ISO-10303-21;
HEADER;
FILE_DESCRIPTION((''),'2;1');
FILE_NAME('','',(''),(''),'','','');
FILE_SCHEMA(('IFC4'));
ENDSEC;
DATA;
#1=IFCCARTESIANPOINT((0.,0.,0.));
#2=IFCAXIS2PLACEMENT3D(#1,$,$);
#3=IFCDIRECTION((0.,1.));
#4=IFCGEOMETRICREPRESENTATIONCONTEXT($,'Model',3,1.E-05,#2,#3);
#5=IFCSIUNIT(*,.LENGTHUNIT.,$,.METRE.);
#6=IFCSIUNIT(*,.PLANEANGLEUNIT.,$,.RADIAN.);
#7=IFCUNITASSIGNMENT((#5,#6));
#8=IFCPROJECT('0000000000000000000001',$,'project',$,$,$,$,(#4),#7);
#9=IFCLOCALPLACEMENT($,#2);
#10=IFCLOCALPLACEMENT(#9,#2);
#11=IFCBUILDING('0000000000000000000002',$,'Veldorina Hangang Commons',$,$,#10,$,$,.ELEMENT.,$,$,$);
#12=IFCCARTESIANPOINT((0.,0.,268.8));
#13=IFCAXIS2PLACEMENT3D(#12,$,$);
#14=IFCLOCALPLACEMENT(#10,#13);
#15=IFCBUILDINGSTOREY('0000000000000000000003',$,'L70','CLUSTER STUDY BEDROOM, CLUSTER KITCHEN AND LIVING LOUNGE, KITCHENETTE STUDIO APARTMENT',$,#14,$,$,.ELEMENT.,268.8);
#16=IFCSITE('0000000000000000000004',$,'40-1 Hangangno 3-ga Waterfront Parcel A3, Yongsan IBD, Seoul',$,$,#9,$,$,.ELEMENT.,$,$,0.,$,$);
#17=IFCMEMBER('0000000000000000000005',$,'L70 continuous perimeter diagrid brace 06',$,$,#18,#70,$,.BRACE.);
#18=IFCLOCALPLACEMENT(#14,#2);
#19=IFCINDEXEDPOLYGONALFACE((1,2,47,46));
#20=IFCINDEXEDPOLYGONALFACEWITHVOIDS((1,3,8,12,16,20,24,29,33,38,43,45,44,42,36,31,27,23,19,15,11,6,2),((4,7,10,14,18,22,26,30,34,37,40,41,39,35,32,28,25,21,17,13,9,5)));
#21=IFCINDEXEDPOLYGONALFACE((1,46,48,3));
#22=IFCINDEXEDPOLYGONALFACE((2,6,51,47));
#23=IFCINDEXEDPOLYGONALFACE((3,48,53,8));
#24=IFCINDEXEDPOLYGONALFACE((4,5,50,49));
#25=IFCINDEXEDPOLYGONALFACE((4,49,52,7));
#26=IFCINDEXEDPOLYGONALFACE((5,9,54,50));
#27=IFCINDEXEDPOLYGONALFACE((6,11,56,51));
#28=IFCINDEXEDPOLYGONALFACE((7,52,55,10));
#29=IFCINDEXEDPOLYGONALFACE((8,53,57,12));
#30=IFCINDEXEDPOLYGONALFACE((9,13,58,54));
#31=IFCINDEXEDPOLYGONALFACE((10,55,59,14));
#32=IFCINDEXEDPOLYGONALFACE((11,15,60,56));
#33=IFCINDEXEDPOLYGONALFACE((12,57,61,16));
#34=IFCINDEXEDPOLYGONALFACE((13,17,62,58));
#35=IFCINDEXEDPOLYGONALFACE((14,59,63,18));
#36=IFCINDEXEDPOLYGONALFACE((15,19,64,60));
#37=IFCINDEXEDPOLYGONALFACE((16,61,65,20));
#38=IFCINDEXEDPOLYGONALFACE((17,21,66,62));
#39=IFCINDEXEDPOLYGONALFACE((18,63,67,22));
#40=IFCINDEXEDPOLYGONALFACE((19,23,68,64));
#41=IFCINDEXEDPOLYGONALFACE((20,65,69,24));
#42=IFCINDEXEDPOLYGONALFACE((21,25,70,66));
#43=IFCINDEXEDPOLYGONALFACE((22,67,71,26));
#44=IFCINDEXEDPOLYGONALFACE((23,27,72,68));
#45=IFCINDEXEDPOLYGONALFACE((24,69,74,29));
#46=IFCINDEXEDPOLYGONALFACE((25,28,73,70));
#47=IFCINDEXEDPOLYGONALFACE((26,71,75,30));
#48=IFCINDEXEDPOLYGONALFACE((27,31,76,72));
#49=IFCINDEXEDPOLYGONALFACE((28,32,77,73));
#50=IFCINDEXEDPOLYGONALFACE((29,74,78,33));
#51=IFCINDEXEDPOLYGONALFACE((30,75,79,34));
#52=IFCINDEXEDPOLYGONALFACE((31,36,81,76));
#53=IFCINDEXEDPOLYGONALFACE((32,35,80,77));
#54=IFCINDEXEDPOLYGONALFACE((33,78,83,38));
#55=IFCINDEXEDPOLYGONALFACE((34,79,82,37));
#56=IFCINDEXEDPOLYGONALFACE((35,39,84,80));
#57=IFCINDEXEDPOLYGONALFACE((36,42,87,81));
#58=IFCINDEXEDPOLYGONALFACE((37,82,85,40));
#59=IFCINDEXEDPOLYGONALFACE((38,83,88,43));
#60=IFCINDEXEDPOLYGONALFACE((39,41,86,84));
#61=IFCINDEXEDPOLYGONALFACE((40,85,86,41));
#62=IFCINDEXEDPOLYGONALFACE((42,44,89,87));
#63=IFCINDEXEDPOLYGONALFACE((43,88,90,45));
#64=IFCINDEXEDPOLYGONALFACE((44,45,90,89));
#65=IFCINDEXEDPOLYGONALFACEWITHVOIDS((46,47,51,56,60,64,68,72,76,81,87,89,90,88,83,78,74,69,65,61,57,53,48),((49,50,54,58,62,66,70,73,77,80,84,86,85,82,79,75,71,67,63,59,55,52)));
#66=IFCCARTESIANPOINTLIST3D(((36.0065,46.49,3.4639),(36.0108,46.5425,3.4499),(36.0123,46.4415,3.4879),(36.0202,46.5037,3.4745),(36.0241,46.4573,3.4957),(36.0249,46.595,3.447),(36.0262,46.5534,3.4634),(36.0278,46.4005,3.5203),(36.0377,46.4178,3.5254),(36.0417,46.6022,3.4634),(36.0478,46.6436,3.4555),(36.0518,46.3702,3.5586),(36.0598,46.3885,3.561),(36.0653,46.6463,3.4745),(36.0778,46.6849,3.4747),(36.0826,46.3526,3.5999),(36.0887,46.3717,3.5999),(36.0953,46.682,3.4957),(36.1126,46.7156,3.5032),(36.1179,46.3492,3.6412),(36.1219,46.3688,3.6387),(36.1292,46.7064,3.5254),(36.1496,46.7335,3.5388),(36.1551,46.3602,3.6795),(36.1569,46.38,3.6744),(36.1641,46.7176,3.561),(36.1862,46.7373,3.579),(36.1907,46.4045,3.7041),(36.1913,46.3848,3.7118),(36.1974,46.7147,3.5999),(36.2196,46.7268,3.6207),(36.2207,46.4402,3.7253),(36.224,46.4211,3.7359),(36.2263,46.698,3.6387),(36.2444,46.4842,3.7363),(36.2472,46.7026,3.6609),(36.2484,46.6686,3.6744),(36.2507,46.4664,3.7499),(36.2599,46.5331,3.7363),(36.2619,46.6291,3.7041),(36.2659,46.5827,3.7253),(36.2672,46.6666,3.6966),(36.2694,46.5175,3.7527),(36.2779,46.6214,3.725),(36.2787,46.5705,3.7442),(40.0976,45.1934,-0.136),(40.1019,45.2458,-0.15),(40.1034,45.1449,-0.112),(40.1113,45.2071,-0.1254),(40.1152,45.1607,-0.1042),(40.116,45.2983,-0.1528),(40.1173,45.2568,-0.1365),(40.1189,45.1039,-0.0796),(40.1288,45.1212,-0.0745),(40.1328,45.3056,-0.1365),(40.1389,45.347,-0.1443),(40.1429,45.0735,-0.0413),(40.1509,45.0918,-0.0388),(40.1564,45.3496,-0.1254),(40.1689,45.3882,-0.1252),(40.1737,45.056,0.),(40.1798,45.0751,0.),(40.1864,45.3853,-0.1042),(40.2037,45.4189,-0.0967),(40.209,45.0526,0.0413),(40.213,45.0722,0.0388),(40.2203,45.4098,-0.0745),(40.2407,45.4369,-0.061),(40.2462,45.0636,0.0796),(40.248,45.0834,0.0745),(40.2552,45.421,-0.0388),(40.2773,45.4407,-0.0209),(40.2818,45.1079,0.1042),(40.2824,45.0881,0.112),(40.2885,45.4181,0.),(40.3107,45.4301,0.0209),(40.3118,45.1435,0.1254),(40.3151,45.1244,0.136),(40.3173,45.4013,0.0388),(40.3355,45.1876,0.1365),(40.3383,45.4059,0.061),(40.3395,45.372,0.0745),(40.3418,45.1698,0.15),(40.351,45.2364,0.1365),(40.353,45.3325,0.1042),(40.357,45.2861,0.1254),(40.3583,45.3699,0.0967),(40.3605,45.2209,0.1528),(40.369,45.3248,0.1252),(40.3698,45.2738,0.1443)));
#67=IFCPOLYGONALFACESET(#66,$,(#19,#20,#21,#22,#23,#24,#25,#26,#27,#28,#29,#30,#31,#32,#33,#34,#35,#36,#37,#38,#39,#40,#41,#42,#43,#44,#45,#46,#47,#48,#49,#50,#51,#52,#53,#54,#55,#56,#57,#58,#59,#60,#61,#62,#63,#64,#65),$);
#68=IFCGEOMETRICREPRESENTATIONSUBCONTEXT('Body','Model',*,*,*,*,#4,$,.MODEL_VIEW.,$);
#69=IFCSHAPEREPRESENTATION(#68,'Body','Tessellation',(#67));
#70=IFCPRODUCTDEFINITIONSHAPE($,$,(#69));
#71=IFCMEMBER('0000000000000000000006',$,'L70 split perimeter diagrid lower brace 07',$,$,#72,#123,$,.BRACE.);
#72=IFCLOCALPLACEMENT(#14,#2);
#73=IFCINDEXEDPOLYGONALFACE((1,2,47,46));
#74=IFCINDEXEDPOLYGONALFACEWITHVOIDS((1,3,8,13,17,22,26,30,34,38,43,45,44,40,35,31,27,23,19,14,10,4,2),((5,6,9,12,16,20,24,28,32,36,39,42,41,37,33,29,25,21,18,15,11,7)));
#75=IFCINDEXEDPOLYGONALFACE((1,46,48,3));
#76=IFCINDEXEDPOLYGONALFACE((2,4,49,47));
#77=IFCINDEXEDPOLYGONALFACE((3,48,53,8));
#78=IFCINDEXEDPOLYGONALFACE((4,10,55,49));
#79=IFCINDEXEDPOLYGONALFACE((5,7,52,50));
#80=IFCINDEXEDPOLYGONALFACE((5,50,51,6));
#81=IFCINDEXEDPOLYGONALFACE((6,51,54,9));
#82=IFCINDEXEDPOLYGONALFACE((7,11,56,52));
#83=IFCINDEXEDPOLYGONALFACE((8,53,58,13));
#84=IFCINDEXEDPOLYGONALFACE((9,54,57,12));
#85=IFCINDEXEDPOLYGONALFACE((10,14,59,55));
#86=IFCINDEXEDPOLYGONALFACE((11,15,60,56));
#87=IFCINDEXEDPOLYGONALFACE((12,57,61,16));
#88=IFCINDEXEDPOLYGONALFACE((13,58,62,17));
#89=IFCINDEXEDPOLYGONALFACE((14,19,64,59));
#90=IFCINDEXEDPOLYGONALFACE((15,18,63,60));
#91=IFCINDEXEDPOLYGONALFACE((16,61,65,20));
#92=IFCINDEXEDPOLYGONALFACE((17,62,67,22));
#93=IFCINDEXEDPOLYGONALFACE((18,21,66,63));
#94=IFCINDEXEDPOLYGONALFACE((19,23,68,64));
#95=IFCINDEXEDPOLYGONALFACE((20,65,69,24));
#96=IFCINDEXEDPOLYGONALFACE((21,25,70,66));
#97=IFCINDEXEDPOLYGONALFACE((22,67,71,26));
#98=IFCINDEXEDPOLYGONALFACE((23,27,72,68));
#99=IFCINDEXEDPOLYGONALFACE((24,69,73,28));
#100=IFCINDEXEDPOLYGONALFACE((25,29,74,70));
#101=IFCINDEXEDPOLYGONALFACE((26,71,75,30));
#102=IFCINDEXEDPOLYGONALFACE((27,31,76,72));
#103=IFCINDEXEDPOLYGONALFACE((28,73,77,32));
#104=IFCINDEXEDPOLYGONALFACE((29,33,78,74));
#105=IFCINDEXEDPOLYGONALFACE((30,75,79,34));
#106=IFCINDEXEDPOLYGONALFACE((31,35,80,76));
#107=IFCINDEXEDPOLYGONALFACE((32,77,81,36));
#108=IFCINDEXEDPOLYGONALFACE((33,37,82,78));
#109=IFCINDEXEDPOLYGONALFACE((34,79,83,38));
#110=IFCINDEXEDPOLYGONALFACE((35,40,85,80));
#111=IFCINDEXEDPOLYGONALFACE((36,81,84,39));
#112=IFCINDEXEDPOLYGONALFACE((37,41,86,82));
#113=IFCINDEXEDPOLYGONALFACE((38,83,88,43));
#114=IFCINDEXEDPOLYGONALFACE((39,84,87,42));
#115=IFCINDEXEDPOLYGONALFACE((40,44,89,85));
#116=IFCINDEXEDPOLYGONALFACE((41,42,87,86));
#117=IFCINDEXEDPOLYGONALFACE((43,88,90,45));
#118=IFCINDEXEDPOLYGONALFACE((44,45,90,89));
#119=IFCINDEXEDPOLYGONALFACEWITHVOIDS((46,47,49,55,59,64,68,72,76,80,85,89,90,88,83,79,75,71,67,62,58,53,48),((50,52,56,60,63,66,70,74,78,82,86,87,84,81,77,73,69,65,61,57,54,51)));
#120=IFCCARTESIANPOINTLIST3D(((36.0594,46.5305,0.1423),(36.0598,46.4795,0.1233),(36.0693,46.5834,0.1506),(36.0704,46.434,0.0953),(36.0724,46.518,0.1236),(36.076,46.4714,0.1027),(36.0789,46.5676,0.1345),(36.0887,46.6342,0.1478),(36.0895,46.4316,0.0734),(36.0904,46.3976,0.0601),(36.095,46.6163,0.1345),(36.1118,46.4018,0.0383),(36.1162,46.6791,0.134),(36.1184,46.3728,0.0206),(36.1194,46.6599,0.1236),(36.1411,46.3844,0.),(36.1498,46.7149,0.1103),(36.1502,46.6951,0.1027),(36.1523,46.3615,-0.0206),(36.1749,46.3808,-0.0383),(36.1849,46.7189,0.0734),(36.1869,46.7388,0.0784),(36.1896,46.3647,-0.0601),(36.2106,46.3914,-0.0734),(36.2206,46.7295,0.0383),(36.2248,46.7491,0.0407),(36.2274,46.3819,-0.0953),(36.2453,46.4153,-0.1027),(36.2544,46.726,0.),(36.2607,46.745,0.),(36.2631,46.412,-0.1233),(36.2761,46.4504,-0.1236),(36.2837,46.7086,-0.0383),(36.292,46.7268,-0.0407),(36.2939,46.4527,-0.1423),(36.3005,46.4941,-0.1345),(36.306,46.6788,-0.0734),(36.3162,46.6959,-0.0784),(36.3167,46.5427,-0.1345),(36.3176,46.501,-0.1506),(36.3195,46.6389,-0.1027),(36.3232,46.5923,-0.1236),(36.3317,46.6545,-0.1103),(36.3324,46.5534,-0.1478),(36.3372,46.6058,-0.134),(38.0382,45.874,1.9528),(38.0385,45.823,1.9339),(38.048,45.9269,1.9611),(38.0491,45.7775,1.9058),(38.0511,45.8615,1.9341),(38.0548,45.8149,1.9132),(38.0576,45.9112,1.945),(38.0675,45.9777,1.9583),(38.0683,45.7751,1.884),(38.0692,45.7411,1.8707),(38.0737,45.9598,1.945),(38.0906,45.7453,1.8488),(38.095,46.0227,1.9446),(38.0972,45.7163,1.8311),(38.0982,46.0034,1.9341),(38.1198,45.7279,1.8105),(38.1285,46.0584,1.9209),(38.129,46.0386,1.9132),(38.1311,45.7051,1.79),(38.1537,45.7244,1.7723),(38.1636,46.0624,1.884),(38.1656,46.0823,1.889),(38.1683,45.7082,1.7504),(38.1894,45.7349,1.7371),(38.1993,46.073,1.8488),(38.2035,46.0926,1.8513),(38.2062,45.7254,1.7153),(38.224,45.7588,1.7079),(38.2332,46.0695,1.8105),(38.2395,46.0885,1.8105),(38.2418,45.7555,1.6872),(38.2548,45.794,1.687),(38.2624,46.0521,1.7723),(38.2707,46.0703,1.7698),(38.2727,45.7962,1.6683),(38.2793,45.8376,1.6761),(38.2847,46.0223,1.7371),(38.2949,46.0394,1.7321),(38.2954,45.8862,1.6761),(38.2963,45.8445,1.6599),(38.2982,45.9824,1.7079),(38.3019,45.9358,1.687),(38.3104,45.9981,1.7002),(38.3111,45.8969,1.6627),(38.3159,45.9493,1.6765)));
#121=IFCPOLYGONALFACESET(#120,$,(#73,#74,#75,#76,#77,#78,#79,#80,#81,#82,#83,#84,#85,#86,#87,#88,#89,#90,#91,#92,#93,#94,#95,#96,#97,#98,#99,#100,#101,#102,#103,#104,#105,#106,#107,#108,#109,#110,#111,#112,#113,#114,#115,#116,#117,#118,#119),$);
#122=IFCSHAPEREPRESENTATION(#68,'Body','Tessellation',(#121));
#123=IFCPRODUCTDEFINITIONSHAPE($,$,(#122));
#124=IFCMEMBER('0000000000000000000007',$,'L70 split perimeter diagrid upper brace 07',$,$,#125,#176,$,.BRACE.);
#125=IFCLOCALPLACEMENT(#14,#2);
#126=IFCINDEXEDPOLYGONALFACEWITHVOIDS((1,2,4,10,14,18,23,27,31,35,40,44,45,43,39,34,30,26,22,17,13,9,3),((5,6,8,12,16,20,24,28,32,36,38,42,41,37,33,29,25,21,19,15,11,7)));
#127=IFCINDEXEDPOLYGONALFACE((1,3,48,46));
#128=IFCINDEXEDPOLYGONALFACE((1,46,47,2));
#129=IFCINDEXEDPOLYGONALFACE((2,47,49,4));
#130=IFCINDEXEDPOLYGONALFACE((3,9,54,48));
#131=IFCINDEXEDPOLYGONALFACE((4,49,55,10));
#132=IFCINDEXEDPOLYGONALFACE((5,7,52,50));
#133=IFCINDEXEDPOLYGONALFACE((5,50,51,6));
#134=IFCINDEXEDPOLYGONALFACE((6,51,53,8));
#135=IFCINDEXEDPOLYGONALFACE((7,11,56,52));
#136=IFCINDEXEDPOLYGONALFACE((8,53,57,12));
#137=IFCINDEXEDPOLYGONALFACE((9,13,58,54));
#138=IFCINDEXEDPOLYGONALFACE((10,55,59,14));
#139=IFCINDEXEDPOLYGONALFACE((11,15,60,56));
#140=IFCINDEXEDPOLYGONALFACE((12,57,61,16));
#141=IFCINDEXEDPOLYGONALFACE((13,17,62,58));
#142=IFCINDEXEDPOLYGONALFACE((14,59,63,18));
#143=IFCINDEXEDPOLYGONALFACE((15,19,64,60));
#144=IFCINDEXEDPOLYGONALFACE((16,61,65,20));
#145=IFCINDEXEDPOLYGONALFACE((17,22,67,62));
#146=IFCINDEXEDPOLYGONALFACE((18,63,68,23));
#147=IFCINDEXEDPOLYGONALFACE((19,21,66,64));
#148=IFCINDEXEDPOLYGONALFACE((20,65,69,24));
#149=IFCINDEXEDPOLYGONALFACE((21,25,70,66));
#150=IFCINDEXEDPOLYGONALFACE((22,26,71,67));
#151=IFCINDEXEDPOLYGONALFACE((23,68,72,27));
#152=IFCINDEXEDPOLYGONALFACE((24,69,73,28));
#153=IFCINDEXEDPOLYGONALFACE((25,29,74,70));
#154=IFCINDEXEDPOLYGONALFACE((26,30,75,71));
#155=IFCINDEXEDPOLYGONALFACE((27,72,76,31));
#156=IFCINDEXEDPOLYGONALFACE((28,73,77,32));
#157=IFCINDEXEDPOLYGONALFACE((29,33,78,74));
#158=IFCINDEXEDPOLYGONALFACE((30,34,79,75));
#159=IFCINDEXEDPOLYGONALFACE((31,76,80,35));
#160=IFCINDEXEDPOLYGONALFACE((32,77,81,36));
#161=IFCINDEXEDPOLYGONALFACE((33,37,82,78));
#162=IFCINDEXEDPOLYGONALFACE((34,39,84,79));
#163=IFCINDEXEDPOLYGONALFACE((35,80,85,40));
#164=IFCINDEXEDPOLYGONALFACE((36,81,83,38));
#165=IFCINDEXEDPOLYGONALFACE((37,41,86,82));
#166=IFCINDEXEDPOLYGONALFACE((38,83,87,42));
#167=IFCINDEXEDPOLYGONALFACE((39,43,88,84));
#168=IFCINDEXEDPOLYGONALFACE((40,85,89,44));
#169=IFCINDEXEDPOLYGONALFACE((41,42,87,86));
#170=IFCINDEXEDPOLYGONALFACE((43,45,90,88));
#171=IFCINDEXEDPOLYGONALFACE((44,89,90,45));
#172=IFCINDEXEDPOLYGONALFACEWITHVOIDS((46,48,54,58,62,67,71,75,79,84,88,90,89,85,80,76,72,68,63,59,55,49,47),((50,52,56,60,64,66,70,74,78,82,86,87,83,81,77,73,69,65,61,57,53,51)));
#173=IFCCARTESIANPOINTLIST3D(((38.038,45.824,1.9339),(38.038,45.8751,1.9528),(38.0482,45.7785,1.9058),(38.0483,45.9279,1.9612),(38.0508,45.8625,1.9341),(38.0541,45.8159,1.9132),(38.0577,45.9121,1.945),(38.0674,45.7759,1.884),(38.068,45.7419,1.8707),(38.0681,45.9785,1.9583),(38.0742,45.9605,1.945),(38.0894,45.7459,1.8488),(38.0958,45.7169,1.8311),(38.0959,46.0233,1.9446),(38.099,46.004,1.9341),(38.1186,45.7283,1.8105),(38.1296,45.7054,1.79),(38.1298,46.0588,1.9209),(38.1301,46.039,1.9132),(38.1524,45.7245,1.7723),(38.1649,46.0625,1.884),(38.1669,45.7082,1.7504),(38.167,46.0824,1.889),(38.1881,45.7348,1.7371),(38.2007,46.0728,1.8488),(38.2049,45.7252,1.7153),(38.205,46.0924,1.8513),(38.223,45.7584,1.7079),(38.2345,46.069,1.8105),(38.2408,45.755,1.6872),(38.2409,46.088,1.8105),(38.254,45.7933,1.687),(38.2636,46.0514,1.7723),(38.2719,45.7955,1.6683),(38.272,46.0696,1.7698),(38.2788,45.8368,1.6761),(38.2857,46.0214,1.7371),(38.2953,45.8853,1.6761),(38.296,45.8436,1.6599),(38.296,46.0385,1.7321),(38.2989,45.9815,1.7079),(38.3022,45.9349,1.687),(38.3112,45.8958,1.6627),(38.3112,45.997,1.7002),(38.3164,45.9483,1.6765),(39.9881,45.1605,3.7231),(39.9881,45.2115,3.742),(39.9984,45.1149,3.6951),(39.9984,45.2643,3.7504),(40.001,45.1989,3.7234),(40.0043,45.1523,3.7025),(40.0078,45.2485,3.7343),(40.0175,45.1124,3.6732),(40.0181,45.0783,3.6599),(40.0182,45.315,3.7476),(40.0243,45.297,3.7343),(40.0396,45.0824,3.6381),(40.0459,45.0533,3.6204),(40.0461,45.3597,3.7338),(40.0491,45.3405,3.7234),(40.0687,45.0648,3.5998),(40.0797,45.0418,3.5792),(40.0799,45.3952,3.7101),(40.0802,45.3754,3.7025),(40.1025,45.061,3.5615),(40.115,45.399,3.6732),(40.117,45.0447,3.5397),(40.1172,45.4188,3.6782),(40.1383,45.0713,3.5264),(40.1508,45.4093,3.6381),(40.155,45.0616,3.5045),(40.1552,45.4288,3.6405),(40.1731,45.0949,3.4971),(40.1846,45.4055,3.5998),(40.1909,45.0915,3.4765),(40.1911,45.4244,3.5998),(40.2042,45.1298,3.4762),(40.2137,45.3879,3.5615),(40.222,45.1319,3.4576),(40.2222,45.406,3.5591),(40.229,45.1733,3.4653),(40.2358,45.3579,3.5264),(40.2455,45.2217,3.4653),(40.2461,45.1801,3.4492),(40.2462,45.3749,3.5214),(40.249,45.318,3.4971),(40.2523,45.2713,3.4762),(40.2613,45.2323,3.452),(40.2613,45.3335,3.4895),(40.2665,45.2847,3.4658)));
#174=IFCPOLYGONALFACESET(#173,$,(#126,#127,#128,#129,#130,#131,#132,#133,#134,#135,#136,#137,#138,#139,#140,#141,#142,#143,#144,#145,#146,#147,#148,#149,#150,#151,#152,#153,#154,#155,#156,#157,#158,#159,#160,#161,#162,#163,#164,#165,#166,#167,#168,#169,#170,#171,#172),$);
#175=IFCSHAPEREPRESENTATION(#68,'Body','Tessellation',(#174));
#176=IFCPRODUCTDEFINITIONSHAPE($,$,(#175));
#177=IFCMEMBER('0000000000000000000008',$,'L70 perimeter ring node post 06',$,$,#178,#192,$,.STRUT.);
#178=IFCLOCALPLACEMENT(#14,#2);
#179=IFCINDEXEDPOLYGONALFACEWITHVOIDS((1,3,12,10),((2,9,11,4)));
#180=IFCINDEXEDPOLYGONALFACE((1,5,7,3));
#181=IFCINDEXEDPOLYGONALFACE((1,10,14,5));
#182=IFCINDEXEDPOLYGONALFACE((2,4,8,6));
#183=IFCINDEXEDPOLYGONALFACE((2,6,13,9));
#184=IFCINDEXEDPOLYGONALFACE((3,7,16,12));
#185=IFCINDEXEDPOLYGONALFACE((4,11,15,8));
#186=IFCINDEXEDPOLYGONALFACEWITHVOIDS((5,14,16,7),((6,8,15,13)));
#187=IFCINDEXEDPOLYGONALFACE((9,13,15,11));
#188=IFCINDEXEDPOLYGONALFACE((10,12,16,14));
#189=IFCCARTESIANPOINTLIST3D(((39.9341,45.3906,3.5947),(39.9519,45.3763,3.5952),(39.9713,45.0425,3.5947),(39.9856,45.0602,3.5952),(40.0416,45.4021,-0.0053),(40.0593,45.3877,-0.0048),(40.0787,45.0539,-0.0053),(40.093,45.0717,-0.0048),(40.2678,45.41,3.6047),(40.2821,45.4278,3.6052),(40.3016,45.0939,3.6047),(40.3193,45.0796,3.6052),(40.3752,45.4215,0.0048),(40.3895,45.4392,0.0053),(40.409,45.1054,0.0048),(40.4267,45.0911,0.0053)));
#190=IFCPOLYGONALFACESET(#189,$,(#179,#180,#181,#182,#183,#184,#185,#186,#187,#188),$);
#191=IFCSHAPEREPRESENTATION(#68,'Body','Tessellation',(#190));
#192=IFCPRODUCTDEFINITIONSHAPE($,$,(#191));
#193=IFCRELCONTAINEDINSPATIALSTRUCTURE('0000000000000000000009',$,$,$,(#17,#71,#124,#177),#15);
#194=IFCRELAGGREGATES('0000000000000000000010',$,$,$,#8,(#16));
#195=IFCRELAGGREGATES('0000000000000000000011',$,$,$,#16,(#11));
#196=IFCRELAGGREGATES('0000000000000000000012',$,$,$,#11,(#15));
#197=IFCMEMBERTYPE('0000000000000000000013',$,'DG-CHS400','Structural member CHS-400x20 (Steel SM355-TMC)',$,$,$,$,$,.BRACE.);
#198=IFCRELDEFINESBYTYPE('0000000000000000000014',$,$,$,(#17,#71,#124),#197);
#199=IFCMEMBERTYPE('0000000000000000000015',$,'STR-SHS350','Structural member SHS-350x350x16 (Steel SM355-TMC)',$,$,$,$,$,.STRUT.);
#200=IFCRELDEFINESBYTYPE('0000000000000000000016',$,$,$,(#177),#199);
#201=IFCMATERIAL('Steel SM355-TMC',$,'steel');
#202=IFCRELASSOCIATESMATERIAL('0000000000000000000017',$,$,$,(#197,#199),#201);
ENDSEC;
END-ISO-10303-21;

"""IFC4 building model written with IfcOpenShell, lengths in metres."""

from ifc_helpers import new_model, si_unit, direction, frame, origin, origin_2d, place, context, subcontext, project, spatial, hollow_rectangle, hollow_circle, extrude, material, material_profile, profile_set, type_object, element, save


model = new_model("IFC4")

# Units and contexts
model_context = context("Model", 3, precision=1e-05, world=origin(), true_north=direction((0.0, 1.0)))
body_context = subcontext(model_context, "Body", "Model", "MODEL_VIEW")
ifc_project = project(units=[si_unit("LENGTHUNIT", "METRE"), si_unit("PLANEANGLEUNIT", "RADIAN")], contexts=[model_context])

# Site, building, storey
site_placement = place(None, origin())
site = spatial("IfcSite", under=ifc_project, at=site_placement, Name="40-1 Hangangno 3-ga Waterfront Parcel A3, Yongsan IBD, Seoul", CompositionType="ELEMENT", RefElevation=0.0)
building_placement = place(site_placement, origin())
building = spatial("IfcBuilding", under=site, at=building_placement, Name="Veldorina Hangang Commons", CompositionType="ELEMENT")
storey_placement = place(building_placement, frame((0.0, 0.0, 268.8)))
storey = spatial("IfcBuildingStorey", under=building, at=storey_placement, Name="L70", Description="CLUSTER STUDY BEDROOM, CLUSTER KITCHEN AND LIVING LOUNGE, KITCHENETTE STUDIO APARTMENT", CompositionType="ELEMENT", Elevation=268.8)

# Shared definitions
ifc_material_1 = material(Name="Steel SM355-TMC", Category="steel")

# Members
ifc_material_profile_1 = material_profile(ifc_material_1, hollow_circle(Radius=0.2, WallThickness=0.02, at=origin_2d()), Name="CHS-400x20")
ifc_profile_set_1 = profile_set([ifc_material_profile_1], Name="Steel SM355-TMC")
member_type_1 = type_object("IfcMemberType", Name="DG-CHS400", Description="Structural member CHS-400x20 (Steel SM355-TMC)", PredefinedType="BRACE", material=ifc_profile_set_1)
member_1_placement = place(storey_placement, frame((40.2341, 45.2466, 0.0), z_axis=(-0.730349, 0.231478, 0.642657), x_axis=(-0.30213, -0.953267, 0.0)))
element("IfcMember", 1, at=member_1_placement, inside=storey, type_object=member_type_1, Name="L70 continuous perimeter diagrid brace 06", PredefinedType="BRACE", context=body_context, shape_type="SweptSolid", body=[
    extrude(hollow_circle(Radius=0.2, WallThickness=0.02, at=origin_2d()), origin(), (0.0, 0.0, 1.0), 5.6016),
])
member_2_placement = place(storey_placement, frame((36.1978, 46.5552, 0.0), z_axis=(0.716615, -0.237752, 0.655696), x_axis=(0.314892, 0.949127, 0.0)))
element("IfcMember", 2, at=member_2_placement, inside=storey, type_object=member_type_1, Name="L70 split perimeter diagrid lower brace 07", PredefinedType="BRACE", context=body_context, shape_type="SweptSolid", body=[
    extrude(hollow_circle(Radius=0.2, WallThickness=0.02, at=origin_2d()), origin(), (0.0, 0.0, 1.0), 2.7612),
])
member_3_placement = place(storey_placement, frame((38.1765, 45.8987, 1.8105), z_axis=(0.714726, -0.243193, 0.655762), x_axis=(0.322124, 0.946698, 0.0)))
element("IfcMember", 3, at=member_3_placement, inside=storey, type_object=member_type_1, Name="L70 split perimeter diagrid upper brace 07", PredefinedType="BRACE", context=body_context, shape_type="SweptSolid", body=[
    extrude(hollow_circle(Radius=0.2, WallThickness=0.02, at=origin_2d()), origin(), (0.0, 0.0, 1.0), 2.7285),
])
ifc_material_profile_2 = material_profile(ifc_material_1, hollow_rectangle(XDim=0.3501, YDim=0.3501, WallThickness=0.0161, at=origin_2d()), Name="SHS-350x350x16")
ifc_profile_set_2 = profile_set([ifc_material_profile_2], Name="Steel SM355-TMC")
member_type_2 = type_object("IfcMemberType", Name="STR-SHS350", Description="Structural member SHS-350x350x16 (Steel SM355-TMC)", PredefinedType="STRUT", material=ifc_profile_set_2)
member_4_placement = place(storey_placement, frame((40.2341, 45.2466, 0.0), z_axis=(-0.029827, -0.003186, 0.99955), x_axis=(0.106214, -0.994343, 0.0)))
element("IfcMember", 4, at=member_4_placement, inside=storey, type_object=member_type_2, Name="L70 perimeter ring node post 06", PredefinedType="STRUT", context=body_context, shape_type="SweptSolid", body=[
    extrude(hollow_rectangle(XDim=0.3501, YDim=0.3501, WallThickness=0.0161, at=origin_2d()), origin(), (0.0, 0.0, 1.0), 3.6016),
])

save(model, "model.ifc")
